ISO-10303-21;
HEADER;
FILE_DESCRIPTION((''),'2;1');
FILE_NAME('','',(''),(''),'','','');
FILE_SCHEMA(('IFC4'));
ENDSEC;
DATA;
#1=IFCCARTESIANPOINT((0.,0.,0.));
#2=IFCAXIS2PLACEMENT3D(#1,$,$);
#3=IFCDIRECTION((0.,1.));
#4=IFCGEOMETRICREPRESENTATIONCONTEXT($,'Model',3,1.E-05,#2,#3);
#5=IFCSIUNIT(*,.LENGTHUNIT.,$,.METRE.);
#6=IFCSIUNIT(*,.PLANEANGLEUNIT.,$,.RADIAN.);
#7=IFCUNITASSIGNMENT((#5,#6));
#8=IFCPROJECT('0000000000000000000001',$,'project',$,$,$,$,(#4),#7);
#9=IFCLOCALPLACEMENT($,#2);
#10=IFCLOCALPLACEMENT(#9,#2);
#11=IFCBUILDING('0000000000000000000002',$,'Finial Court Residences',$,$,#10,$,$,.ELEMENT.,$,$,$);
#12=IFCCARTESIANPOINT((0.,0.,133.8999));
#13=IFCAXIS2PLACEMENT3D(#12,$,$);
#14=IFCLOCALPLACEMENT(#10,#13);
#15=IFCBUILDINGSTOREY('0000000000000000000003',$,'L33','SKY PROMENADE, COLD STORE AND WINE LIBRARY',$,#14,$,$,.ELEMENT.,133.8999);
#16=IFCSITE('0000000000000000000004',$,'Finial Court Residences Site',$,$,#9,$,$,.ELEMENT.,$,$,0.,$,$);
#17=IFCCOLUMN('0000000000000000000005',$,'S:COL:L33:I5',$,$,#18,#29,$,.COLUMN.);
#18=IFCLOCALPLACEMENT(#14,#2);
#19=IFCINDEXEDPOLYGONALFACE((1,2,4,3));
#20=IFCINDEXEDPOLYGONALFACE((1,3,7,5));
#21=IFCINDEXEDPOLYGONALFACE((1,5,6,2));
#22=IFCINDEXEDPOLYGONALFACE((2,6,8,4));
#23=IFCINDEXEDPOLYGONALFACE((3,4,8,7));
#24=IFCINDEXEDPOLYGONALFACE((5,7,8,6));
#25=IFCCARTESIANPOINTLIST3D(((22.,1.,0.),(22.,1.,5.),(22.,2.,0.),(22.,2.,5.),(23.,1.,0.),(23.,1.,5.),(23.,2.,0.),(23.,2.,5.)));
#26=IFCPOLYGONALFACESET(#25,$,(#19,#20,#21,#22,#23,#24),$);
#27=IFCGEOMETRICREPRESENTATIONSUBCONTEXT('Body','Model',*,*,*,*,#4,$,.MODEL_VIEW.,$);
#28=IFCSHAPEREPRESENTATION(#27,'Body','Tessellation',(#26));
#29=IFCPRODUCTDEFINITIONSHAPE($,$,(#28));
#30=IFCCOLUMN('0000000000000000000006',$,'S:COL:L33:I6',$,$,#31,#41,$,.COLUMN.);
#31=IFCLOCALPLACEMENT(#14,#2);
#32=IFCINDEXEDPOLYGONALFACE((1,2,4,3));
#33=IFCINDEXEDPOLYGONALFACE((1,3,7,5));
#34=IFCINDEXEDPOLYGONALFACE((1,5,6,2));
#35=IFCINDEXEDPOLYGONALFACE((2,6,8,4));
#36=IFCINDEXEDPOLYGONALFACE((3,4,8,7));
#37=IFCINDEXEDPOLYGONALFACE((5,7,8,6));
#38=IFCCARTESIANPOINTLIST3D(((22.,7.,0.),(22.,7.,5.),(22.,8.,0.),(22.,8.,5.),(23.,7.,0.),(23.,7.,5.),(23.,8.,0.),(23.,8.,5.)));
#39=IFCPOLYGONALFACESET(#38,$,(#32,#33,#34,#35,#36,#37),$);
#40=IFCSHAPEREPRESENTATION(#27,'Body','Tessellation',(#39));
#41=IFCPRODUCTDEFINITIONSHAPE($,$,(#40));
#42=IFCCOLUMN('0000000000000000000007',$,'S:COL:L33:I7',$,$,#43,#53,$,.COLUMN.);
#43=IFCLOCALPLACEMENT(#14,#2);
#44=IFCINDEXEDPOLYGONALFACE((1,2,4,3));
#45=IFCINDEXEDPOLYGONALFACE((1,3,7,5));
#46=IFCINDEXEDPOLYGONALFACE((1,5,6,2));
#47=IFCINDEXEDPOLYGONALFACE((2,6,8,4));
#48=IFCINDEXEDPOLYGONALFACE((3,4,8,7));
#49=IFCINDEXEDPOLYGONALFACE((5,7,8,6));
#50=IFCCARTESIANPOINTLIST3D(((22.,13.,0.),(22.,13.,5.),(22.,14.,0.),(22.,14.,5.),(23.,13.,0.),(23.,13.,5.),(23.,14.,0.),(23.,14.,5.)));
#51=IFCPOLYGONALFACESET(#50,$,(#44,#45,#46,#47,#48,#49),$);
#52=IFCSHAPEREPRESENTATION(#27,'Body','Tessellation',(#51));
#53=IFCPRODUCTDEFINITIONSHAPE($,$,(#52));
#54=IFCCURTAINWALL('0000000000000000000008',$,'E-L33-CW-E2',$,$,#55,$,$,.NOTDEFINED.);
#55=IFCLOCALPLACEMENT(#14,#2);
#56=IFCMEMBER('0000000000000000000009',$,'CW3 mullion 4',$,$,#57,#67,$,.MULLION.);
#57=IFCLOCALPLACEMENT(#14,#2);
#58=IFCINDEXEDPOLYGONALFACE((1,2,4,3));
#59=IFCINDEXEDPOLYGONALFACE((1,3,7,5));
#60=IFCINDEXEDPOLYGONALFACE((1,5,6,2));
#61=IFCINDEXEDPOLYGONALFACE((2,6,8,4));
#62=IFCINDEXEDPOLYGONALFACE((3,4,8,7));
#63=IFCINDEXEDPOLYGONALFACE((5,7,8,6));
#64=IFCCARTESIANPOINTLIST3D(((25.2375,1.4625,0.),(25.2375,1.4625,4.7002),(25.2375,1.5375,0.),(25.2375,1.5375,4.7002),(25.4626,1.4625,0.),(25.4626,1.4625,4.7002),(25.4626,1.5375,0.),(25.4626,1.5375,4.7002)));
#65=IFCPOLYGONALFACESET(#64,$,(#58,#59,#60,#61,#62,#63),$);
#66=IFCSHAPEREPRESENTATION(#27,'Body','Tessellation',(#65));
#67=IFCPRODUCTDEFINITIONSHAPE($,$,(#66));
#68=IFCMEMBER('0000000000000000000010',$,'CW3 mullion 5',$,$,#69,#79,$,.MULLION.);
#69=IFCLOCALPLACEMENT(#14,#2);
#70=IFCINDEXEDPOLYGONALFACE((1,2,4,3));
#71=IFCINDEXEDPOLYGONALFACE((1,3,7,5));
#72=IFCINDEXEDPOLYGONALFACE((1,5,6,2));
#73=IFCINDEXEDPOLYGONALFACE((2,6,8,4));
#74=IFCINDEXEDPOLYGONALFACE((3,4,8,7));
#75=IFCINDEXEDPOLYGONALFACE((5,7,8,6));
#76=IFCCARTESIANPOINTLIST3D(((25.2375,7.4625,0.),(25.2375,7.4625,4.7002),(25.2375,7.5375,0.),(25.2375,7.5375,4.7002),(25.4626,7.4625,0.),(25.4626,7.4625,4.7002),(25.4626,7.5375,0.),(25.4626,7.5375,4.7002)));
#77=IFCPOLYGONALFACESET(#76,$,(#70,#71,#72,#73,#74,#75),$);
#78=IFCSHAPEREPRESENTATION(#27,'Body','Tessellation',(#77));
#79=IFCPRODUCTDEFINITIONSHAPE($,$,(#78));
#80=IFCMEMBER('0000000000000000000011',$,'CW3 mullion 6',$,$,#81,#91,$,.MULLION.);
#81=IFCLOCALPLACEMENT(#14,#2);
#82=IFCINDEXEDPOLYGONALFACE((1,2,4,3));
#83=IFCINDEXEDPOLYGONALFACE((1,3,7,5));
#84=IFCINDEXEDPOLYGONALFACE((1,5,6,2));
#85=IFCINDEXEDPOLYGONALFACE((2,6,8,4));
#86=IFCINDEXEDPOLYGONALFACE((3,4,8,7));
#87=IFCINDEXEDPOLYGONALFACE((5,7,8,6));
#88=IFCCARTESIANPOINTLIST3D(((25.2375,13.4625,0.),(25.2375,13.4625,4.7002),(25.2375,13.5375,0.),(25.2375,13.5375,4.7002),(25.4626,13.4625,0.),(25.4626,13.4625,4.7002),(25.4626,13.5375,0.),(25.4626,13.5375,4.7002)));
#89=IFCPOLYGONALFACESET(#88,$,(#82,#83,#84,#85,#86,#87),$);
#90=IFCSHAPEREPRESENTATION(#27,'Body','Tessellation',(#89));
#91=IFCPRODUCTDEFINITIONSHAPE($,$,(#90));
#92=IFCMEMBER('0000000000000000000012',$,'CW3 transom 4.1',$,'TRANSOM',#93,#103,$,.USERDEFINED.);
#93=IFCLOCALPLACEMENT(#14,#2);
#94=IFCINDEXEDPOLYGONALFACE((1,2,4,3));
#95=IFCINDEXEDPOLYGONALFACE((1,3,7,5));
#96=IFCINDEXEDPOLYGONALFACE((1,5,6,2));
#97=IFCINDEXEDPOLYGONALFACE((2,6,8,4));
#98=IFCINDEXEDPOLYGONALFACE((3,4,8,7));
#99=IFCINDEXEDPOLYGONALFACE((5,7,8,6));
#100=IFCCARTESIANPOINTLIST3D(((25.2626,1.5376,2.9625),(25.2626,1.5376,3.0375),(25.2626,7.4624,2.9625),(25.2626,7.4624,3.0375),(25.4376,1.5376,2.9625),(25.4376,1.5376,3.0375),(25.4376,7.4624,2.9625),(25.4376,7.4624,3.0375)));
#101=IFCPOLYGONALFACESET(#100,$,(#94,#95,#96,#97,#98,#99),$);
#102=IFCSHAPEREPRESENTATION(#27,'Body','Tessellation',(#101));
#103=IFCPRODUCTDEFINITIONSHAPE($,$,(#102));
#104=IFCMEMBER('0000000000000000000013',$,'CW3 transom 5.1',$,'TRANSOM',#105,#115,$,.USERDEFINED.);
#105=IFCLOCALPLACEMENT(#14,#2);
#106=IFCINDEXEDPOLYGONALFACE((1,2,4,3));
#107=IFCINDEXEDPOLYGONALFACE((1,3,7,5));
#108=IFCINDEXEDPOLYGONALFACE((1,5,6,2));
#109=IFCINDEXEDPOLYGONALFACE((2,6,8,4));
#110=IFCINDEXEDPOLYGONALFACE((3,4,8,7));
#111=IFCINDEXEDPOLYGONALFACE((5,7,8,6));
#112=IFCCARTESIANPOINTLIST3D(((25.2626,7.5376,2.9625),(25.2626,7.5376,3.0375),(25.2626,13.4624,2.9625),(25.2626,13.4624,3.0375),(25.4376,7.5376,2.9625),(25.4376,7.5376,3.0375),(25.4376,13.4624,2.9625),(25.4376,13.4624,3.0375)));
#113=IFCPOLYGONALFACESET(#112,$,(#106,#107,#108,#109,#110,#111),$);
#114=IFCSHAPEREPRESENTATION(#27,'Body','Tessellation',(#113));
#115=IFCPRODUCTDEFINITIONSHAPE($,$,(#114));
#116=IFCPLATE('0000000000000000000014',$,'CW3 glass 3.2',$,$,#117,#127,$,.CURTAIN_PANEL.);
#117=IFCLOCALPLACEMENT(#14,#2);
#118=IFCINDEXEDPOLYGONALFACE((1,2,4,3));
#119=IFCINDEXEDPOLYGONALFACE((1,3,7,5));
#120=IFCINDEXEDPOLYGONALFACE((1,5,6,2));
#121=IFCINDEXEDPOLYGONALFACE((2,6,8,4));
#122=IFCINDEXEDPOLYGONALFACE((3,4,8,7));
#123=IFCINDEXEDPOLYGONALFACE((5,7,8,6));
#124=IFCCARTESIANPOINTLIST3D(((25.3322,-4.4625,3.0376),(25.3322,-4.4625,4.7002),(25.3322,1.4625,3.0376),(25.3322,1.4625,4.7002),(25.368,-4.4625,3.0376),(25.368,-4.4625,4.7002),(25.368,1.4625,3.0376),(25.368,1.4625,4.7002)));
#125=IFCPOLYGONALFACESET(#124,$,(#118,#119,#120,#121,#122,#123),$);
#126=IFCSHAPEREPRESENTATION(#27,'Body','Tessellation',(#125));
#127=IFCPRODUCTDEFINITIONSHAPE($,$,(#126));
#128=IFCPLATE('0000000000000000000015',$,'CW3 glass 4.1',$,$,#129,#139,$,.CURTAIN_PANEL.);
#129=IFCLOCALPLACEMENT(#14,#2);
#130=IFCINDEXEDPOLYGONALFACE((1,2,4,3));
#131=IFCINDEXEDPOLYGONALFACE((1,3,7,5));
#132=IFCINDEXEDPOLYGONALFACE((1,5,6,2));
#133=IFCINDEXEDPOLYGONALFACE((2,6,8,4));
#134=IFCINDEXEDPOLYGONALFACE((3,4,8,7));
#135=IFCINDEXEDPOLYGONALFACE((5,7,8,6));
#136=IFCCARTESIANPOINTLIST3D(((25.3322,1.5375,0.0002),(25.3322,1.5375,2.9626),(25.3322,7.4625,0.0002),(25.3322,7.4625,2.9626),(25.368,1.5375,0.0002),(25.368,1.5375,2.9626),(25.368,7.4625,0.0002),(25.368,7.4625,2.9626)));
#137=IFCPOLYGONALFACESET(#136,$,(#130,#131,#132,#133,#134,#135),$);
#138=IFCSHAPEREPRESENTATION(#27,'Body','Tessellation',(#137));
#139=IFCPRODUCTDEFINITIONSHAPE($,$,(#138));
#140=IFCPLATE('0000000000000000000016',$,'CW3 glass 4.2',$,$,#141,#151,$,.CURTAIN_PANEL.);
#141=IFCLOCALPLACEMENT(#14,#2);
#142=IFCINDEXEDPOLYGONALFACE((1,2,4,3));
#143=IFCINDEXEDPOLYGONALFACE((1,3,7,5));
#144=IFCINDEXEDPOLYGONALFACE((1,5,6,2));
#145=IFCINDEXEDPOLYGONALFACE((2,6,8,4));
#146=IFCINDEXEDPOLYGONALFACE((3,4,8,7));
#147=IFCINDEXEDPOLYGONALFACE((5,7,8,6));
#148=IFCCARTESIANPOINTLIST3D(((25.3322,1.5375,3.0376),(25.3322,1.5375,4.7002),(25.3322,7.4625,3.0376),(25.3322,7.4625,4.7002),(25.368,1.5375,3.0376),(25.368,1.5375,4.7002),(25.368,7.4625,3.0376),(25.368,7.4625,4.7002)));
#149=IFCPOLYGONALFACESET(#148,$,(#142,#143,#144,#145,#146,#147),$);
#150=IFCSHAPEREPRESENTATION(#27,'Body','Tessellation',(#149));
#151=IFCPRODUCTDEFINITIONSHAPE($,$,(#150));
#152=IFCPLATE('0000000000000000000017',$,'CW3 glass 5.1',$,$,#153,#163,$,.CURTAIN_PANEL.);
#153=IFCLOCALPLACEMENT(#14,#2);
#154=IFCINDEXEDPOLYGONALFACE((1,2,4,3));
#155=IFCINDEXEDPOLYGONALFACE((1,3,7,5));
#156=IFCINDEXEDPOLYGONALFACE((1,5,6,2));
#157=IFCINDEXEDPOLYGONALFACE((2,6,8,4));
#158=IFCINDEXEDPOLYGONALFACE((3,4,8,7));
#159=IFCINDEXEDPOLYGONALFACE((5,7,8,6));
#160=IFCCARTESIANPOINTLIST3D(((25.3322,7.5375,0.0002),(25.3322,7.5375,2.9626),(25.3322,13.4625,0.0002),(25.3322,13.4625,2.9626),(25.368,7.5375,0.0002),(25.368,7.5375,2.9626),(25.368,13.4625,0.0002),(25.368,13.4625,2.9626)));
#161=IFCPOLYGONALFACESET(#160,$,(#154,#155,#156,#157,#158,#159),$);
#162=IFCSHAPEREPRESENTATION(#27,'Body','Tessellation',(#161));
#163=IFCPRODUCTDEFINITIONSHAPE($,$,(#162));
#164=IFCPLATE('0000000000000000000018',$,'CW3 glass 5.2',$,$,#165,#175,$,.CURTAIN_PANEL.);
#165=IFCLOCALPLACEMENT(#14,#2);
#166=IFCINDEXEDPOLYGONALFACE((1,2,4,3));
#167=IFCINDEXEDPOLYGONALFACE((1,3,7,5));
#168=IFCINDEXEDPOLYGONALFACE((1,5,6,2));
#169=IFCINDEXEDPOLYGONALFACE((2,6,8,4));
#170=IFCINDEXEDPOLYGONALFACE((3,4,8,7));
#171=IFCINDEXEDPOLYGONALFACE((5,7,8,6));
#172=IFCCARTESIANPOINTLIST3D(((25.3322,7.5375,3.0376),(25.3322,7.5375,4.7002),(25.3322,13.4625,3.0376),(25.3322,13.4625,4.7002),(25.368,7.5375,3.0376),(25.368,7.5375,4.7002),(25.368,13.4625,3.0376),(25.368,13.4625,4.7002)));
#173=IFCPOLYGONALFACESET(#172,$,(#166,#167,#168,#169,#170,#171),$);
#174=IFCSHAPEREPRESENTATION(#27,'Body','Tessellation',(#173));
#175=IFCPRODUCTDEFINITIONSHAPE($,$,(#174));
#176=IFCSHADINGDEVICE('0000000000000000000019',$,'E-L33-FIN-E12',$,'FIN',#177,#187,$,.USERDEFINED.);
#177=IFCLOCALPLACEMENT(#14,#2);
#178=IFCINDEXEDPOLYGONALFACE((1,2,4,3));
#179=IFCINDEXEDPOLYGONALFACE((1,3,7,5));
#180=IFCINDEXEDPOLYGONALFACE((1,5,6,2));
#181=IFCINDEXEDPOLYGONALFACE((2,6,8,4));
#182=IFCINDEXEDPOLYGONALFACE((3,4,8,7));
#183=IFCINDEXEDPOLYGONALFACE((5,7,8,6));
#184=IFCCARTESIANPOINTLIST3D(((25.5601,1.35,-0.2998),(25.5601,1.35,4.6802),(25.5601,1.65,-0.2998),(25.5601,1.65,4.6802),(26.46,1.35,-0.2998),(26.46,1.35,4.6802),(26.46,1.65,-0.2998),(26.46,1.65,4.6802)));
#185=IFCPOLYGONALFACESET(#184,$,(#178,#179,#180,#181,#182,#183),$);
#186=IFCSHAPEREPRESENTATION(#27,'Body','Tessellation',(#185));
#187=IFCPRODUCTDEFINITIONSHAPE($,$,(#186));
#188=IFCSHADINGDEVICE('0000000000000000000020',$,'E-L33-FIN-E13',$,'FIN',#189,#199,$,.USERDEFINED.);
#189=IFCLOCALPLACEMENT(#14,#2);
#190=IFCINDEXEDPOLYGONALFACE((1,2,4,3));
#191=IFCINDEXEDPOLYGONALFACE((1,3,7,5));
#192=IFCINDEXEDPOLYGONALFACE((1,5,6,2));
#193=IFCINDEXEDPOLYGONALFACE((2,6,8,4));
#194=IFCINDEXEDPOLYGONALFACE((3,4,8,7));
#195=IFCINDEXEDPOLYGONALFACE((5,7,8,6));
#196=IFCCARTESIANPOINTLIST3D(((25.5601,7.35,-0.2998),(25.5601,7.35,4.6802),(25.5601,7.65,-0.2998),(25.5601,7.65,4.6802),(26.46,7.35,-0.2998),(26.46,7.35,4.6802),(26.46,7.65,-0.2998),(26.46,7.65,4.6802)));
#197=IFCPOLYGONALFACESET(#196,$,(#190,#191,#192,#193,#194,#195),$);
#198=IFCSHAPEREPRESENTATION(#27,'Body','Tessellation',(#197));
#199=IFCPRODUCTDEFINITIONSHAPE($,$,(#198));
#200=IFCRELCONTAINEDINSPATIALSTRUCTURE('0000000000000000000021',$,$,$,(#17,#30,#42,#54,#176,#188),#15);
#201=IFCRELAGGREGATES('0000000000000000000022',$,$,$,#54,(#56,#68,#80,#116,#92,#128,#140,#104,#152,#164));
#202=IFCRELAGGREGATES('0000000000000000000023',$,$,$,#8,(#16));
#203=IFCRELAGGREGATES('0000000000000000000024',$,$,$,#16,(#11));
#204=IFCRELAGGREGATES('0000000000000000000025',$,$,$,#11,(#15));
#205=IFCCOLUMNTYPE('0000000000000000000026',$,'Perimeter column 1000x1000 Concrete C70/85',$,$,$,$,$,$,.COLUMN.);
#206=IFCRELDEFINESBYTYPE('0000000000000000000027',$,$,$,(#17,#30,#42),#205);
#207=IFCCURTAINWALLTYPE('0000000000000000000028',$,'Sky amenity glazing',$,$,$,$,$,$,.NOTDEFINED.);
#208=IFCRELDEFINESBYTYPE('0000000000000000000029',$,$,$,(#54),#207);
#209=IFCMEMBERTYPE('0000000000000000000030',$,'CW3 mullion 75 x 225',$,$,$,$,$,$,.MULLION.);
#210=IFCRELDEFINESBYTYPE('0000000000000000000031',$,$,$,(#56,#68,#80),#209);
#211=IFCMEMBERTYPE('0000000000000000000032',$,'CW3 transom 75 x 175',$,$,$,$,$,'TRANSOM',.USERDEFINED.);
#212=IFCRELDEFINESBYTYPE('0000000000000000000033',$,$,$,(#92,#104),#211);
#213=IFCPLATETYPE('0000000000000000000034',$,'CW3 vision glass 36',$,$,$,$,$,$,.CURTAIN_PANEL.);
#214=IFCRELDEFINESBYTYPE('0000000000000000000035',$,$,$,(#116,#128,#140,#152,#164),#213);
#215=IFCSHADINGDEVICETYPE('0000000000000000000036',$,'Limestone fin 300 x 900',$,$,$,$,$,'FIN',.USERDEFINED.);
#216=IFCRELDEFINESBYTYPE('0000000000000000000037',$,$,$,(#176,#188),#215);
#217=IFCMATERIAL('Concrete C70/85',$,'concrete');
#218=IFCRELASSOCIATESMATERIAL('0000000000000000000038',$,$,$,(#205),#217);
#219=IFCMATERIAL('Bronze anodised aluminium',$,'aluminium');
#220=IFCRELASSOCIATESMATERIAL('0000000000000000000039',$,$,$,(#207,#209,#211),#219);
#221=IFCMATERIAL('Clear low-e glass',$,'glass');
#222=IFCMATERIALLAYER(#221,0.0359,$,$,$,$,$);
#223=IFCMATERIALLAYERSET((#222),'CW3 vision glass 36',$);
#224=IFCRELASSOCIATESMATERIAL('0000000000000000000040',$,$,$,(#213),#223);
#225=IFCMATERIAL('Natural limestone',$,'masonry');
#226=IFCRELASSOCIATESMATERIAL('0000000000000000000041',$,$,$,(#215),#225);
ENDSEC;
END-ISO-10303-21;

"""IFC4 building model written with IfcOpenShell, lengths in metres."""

from ifc_helpers import new_model, si_unit, direction, frame, origin, origin_2d, place, context, subcontext, project, spatial, rectangle, extrude, material, layer, layer_set, material_profile, profile_set, type_object, element, aggregate, save


model = new_model("IFC4")

# Units and contexts
model_context = context("Model", 3, precision=1e-05, world=origin(), true_north=direction((0.0, 1.0)))
body_context = subcontext(model_context, "Body", "Model", "MODEL_VIEW")
ifc_project = project(units=[si_unit("LENGTHUNIT", "METRE"), si_unit("PLANEANGLEUNIT", "RADIAN")], contexts=[model_context])

# Site, building, storey
site_placement = place(None, origin())
site = spatial("IfcSite", under=ifc_project, at=site_placement, Name="Finial Court Residences Site", CompositionType="ELEMENT", RefElevation=0.0)
building_placement = place(site_placement, origin())
building = spatial("IfcBuilding", under=site, at=building_placement, Name="Finial Court Residences", CompositionType="ELEMENT")
storey_placement = place(building_placement, frame((0.0, 0.0, 133.8999)))
storey = spatial("IfcBuildingStorey", under=building, at=storey_placement, Name="L33", Description="SKY PROMENADE, COLD STORE AND WINE LIBRARY", CompositionType="ELEMENT", Elevation=133.8999)

# Columns
ifc_material_1 = material(Name="Concrete C70/85", Category="concrete")
ifc_material_profile_1 = material_profile(ifc_material_1, rectangle(XDim=1.0, YDim=1.0, at=origin_2d()), Name="1000x1000")
ifc_profile_set_1 = profile_set([ifc_material_profile_1], Name="Concrete C70/85")
column_type = type_object("IfcColumnType", Name="Perimeter column 1000x1000 Concrete C70/85", PredefinedType="COLUMN", material=ifc_profile_set_1)
for number, where, z_axis, x_axis, name in (
    (1, (22.5, 1.5, 0.0), (0.0, 0.0, 1.0), (1.0, 0.0, 0.0), "S:COL:L33:I5"),
    (2, (22.5, 7.5, 0.0), (0.0, 0.0, 1.0), (1.0, 0.0, 0.0), "S:COL:L33:I6"),
    (3, (22.5, 13.5, 0.0), (0.0, 0.0, 1.0), (1.0, 0.0, 0.0), "S:COL:L33:I7"),
):
    element("IfcColumn", number, at=place(storey_placement, frame(where, z_axis=z_axis, x_axis=x_axis)), inside=storey, type_object=column_type, Name=name, PredefinedType="COLUMN", context=body_context, shape_type="SweptSolid", body=[
        extrude(rectangle(XDim=1.0, YDim=1.0, at=origin_2d()), origin(), (0.0, 0.0, 1.0), 5.0),
    ])

# Curtain wall, members, plates
ifc_material_2 = material(Name="Bronze anodised aluminium", Category="aluminium")
curtain_wall_type = type_object("IfcCurtainWallType", Name="Sky amenity glazing", PredefinedType="NOTDEFINED", material=ifc_material_2)
curtain_wall_placement = place(storey_placement, origin())
curtain_wall = element("IfcCurtainWall", 4, at=curtain_wall_placement, inside=storey, type_object=curtain_wall_type, Name="E-L33-CW-E2", PredefinedType="NOTDEFINED")
ifc_material_profile_2 = material_profile(ifc_material_2, rectangle(XDim=0.2251, YDim=0.075, at=origin_2d()), Name="CW3 mullion 75 x 225")
ifc_profile_set_2 = profile_set([ifc_material_profile_2], Name="Bronze anodised aluminium")
member_type_1 = type_object("IfcMemberType", Name="CW3 mullion 75 x 225", PredefinedType="MULLION", material=ifc_profile_set_2)
member_1_placement = place(storey_placement, frame((25.3501, 1.5, 0.0), z_axis=(0.0, 0.0, 1.0), x_axis=(-1.0, 0.0, 0.0)))
member_1 = element("IfcMember", 5, at=member_1_placement, type_object=member_type_1, Name="CW3 mullion 4", PredefinedType="MULLION", context=body_context, shape_type="SweptSolid", body=[
    extrude(rectangle(XDim=0.2251, YDim=0.075, at=origin_2d()), origin(), (0.0, 0.0, 1.0), 4.7002),
])
member_2_placement = place(storey_placement, frame((25.3501, 7.5, 0.0), z_axis=(0.0, 0.0, 1.0), x_axis=(-1.0, 0.0, 0.0)))
member_2 = element("IfcMember", 6, at=member_2_placement, type_object=member_type_1, Name="CW3 mullion 5", PredefinedType="MULLION", context=body_context, shape_type="SweptSolid", body=[
    extrude(rectangle(XDim=0.2251, YDim=0.075, at=origin_2d()), origin(), (0.0, 0.0, 1.0), 4.7002),
])
member_3_placement = place(storey_placement, frame((25.3501, 13.5, 0.0), z_axis=(0.0, 0.0, 1.0), x_axis=(-1.0, 0.0, 0.0)))
member_3 = element("IfcMember", 7, at=member_3_placement, type_object=member_type_1, Name="CW3 mullion 6", PredefinedType="MULLION", context=body_context, shape_type="SweptSolid", body=[
    extrude(rectangle(XDim=0.2251, YDim=0.075, at=origin_2d()), origin(), (0.0, 0.0, 1.0), 4.7002),
])
ifc_material_profile_3 = material_profile(ifc_material_2, rectangle(XDim=0.175, YDim=0.075, at=origin_2d()), Name="CW3 transom 75 x 175")
ifc_profile_set_3 = profile_set([ifc_material_profile_3], Name="Bronze anodised aluminium")
member_type_2 = type_object("IfcMemberType", Name="CW3 transom 75 x 175", ElementType="TRANSOM", PredefinedType="USERDEFINED", material=ifc_profile_set_3)
member_4_placement = place(storey_placement, frame((25.3501, 1.5376, 3.0), z_axis=(0.0, 1.0, 0.0), x_axis=(-1.0, 0.0, 0.0)))
member_4 = element("IfcMember", 8, at=member_4_placement, type_object=member_type_2, Name="CW3 transom 4.1", ObjectType="TRANSOM", PredefinedType="USERDEFINED", context=body_context, shape_type="SweptSolid", body=[
    extrude(rectangle(XDim=0.175, YDim=0.075, at=origin_2d()), origin(), (0.0, 0.0, 1.0), 5.9248),
])
member_5_placement = place(storey_placement, frame((25.3501, 7.5376, 3.0), z_axis=(0.0, 1.0, 0.0), x_axis=(-1.0, 0.0, 0.0)))
member_5 = element("IfcMember", 9, at=member_5_placement, type_object=member_type_2, Name="CW3 transom 5.1", ObjectType="TRANSOM", PredefinedType="USERDEFINED", context=body_context, shape_type="SweptSolid", body=[
    extrude(rectangle(XDim=0.175, YDim=0.075, at=origin_2d()), origin(), (0.0, 0.0, 1.0), 5.9248),
])
ifc_material_3 = material(Name="Clear low-e glass", Category="glass")
ifc_layer = layer(ifc_material_3, 0.0359)
ifc_layer_set = layer_set([ifc_layer], Name="CW3 vision glass 36")
plate_type = type_object("IfcPlateType", Name="CW3 vision glass 36", PredefinedType="CURTAIN_PANEL", material=ifc_layer_set)
plate_1_placement = place(storey_placement, frame((25.3501, -1.5, 3.0376), z_axis=(0.0, 0.0, 1.0), x_axis=(0.0, 1.0, 0.0)))
plate_1 = element("IfcPlate", 10, at=plate_1_placement, type_object=plate_type, Name="CW3 glass 3.2", PredefinedType="CURTAIN_PANEL", context=body_context, shape_type="SweptSolid", body=[
    extrude(rectangle(XDim=5.925, YDim=0.0359, at=origin_2d()), origin(), (0.0, 0.0, 1.0), 1.6626),
])
plate_2_placement = place(storey_placement, frame((25.3501, 4.5, 0.0002), z_axis=(0.0, 0.0, 1.0), x_axis=(0.0, 1.0, 0.0)))
plate_2 = element("IfcPlate", 11, at=plate_2_placement, type_object=plate_type, Name="CW3 glass 4.1", PredefinedType="CURTAIN_PANEL", context=body_context, shape_type="SweptSolid", body=[
    extrude(rectangle(XDim=5.925, YDim=0.0359, at=origin_2d()), origin(), (0.0, 0.0, 1.0), 2.9624),
])
plate_3_placement = place(storey_placement, frame((25.3501, 4.5, 3.0376), z_axis=(0.0, 0.0, 1.0), x_axis=(0.0, 1.0, 0.0)))
plate_3 = element("IfcPlate", 12, at=plate_3_placement, type_object=plate_type, Name="CW3 glass 4.2", PredefinedType="CURTAIN_PANEL", context=body_context, shape_type="SweptSolid", body=[
    extrude(rectangle(XDim=5.925, YDim=0.0359, at=origin_2d()), origin(), (0.0, 0.0, 1.0), 1.6626),
])
plate_4_placement = place(storey_placement, frame((25.3501, 10.5, 0.0002), z_axis=(0.0, 0.0, 1.0), x_axis=(0.0, 1.0, 0.0)))
plate_4 = element("IfcPlate", 13, at=plate_4_placement, type_object=plate_type, Name="CW3 glass 5.1", PredefinedType="CURTAIN_PANEL", context=body_context, shape_type="SweptSolid", body=[
    extrude(rectangle(XDim=5.925, YDim=0.0359, at=origin_2d()), origin(), (0.0, 0.0, 1.0), 2.9624),
])
plate_5_placement = place(storey_placement, frame((25.3501, 10.5, 3.0376), z_axis=(0.0, 0.0, 1.0), x_axis=(0.0, 1.0, 0.0)))
plate_5 = element("IfcPlate", 14, at=plate_5_placement, type_object=plate_type, Name="CW3 glass 5.2", PredefinedType="CURTAIN_PANEL", context=body_context, shape_type="SweptSolid", body=[
    extrude(rectangle(XDim=5.925, YDim=0.0359, at=origin_2d()), origin(), (0.0, 0.0, 1.0), 1.6626),
])
aggregate(curtain_wall, [member_1, member_2, member_3, plate_1, member_4, plate_2, plate_3, member_5, plate_4, plate_5])

# Shading devices
ifc_material_4 = material(Name="Natural limestone", Category="masonry")
shading_device_type = type_object("IfcShadingDeviceType", Name="Limestone fin 300 x 900", ElementType="FIN", PredefinedType="USERDEFINED", material=ifc_material_4)
for number, where, z_axis, x_axis, name in (
    (15, (26.01, 1.5, -0.2998), (0.0, 0.0, 1.0), (1.0, 0.0, 0.0), "E-L33-FIN-E12"),
    (16, (26.01, 7.5, -0.2998), (0.0, 0.0, 1.0), (1.0, 0.0, 0.0), "E-L33-FIN-E13"),
):
    element("IfcShadingDevice", number, at=place(storey_placement, frame(where, z_axis=z_axis, x_axis=x_axis)), inside=storey, type_object=shading_device_type, Name=name, ObjectType="FIN", PredefinedType="USERDEFINED", context=body_context, shape_type="SweptSolid", body=[
        extrude(rectangle(XDim=0.8999, YDim=0.3, at=origin_2d()), origin(), (0.0, 0.0, 1.0), 4.98),
    ])

save(model, "model.ifc")
